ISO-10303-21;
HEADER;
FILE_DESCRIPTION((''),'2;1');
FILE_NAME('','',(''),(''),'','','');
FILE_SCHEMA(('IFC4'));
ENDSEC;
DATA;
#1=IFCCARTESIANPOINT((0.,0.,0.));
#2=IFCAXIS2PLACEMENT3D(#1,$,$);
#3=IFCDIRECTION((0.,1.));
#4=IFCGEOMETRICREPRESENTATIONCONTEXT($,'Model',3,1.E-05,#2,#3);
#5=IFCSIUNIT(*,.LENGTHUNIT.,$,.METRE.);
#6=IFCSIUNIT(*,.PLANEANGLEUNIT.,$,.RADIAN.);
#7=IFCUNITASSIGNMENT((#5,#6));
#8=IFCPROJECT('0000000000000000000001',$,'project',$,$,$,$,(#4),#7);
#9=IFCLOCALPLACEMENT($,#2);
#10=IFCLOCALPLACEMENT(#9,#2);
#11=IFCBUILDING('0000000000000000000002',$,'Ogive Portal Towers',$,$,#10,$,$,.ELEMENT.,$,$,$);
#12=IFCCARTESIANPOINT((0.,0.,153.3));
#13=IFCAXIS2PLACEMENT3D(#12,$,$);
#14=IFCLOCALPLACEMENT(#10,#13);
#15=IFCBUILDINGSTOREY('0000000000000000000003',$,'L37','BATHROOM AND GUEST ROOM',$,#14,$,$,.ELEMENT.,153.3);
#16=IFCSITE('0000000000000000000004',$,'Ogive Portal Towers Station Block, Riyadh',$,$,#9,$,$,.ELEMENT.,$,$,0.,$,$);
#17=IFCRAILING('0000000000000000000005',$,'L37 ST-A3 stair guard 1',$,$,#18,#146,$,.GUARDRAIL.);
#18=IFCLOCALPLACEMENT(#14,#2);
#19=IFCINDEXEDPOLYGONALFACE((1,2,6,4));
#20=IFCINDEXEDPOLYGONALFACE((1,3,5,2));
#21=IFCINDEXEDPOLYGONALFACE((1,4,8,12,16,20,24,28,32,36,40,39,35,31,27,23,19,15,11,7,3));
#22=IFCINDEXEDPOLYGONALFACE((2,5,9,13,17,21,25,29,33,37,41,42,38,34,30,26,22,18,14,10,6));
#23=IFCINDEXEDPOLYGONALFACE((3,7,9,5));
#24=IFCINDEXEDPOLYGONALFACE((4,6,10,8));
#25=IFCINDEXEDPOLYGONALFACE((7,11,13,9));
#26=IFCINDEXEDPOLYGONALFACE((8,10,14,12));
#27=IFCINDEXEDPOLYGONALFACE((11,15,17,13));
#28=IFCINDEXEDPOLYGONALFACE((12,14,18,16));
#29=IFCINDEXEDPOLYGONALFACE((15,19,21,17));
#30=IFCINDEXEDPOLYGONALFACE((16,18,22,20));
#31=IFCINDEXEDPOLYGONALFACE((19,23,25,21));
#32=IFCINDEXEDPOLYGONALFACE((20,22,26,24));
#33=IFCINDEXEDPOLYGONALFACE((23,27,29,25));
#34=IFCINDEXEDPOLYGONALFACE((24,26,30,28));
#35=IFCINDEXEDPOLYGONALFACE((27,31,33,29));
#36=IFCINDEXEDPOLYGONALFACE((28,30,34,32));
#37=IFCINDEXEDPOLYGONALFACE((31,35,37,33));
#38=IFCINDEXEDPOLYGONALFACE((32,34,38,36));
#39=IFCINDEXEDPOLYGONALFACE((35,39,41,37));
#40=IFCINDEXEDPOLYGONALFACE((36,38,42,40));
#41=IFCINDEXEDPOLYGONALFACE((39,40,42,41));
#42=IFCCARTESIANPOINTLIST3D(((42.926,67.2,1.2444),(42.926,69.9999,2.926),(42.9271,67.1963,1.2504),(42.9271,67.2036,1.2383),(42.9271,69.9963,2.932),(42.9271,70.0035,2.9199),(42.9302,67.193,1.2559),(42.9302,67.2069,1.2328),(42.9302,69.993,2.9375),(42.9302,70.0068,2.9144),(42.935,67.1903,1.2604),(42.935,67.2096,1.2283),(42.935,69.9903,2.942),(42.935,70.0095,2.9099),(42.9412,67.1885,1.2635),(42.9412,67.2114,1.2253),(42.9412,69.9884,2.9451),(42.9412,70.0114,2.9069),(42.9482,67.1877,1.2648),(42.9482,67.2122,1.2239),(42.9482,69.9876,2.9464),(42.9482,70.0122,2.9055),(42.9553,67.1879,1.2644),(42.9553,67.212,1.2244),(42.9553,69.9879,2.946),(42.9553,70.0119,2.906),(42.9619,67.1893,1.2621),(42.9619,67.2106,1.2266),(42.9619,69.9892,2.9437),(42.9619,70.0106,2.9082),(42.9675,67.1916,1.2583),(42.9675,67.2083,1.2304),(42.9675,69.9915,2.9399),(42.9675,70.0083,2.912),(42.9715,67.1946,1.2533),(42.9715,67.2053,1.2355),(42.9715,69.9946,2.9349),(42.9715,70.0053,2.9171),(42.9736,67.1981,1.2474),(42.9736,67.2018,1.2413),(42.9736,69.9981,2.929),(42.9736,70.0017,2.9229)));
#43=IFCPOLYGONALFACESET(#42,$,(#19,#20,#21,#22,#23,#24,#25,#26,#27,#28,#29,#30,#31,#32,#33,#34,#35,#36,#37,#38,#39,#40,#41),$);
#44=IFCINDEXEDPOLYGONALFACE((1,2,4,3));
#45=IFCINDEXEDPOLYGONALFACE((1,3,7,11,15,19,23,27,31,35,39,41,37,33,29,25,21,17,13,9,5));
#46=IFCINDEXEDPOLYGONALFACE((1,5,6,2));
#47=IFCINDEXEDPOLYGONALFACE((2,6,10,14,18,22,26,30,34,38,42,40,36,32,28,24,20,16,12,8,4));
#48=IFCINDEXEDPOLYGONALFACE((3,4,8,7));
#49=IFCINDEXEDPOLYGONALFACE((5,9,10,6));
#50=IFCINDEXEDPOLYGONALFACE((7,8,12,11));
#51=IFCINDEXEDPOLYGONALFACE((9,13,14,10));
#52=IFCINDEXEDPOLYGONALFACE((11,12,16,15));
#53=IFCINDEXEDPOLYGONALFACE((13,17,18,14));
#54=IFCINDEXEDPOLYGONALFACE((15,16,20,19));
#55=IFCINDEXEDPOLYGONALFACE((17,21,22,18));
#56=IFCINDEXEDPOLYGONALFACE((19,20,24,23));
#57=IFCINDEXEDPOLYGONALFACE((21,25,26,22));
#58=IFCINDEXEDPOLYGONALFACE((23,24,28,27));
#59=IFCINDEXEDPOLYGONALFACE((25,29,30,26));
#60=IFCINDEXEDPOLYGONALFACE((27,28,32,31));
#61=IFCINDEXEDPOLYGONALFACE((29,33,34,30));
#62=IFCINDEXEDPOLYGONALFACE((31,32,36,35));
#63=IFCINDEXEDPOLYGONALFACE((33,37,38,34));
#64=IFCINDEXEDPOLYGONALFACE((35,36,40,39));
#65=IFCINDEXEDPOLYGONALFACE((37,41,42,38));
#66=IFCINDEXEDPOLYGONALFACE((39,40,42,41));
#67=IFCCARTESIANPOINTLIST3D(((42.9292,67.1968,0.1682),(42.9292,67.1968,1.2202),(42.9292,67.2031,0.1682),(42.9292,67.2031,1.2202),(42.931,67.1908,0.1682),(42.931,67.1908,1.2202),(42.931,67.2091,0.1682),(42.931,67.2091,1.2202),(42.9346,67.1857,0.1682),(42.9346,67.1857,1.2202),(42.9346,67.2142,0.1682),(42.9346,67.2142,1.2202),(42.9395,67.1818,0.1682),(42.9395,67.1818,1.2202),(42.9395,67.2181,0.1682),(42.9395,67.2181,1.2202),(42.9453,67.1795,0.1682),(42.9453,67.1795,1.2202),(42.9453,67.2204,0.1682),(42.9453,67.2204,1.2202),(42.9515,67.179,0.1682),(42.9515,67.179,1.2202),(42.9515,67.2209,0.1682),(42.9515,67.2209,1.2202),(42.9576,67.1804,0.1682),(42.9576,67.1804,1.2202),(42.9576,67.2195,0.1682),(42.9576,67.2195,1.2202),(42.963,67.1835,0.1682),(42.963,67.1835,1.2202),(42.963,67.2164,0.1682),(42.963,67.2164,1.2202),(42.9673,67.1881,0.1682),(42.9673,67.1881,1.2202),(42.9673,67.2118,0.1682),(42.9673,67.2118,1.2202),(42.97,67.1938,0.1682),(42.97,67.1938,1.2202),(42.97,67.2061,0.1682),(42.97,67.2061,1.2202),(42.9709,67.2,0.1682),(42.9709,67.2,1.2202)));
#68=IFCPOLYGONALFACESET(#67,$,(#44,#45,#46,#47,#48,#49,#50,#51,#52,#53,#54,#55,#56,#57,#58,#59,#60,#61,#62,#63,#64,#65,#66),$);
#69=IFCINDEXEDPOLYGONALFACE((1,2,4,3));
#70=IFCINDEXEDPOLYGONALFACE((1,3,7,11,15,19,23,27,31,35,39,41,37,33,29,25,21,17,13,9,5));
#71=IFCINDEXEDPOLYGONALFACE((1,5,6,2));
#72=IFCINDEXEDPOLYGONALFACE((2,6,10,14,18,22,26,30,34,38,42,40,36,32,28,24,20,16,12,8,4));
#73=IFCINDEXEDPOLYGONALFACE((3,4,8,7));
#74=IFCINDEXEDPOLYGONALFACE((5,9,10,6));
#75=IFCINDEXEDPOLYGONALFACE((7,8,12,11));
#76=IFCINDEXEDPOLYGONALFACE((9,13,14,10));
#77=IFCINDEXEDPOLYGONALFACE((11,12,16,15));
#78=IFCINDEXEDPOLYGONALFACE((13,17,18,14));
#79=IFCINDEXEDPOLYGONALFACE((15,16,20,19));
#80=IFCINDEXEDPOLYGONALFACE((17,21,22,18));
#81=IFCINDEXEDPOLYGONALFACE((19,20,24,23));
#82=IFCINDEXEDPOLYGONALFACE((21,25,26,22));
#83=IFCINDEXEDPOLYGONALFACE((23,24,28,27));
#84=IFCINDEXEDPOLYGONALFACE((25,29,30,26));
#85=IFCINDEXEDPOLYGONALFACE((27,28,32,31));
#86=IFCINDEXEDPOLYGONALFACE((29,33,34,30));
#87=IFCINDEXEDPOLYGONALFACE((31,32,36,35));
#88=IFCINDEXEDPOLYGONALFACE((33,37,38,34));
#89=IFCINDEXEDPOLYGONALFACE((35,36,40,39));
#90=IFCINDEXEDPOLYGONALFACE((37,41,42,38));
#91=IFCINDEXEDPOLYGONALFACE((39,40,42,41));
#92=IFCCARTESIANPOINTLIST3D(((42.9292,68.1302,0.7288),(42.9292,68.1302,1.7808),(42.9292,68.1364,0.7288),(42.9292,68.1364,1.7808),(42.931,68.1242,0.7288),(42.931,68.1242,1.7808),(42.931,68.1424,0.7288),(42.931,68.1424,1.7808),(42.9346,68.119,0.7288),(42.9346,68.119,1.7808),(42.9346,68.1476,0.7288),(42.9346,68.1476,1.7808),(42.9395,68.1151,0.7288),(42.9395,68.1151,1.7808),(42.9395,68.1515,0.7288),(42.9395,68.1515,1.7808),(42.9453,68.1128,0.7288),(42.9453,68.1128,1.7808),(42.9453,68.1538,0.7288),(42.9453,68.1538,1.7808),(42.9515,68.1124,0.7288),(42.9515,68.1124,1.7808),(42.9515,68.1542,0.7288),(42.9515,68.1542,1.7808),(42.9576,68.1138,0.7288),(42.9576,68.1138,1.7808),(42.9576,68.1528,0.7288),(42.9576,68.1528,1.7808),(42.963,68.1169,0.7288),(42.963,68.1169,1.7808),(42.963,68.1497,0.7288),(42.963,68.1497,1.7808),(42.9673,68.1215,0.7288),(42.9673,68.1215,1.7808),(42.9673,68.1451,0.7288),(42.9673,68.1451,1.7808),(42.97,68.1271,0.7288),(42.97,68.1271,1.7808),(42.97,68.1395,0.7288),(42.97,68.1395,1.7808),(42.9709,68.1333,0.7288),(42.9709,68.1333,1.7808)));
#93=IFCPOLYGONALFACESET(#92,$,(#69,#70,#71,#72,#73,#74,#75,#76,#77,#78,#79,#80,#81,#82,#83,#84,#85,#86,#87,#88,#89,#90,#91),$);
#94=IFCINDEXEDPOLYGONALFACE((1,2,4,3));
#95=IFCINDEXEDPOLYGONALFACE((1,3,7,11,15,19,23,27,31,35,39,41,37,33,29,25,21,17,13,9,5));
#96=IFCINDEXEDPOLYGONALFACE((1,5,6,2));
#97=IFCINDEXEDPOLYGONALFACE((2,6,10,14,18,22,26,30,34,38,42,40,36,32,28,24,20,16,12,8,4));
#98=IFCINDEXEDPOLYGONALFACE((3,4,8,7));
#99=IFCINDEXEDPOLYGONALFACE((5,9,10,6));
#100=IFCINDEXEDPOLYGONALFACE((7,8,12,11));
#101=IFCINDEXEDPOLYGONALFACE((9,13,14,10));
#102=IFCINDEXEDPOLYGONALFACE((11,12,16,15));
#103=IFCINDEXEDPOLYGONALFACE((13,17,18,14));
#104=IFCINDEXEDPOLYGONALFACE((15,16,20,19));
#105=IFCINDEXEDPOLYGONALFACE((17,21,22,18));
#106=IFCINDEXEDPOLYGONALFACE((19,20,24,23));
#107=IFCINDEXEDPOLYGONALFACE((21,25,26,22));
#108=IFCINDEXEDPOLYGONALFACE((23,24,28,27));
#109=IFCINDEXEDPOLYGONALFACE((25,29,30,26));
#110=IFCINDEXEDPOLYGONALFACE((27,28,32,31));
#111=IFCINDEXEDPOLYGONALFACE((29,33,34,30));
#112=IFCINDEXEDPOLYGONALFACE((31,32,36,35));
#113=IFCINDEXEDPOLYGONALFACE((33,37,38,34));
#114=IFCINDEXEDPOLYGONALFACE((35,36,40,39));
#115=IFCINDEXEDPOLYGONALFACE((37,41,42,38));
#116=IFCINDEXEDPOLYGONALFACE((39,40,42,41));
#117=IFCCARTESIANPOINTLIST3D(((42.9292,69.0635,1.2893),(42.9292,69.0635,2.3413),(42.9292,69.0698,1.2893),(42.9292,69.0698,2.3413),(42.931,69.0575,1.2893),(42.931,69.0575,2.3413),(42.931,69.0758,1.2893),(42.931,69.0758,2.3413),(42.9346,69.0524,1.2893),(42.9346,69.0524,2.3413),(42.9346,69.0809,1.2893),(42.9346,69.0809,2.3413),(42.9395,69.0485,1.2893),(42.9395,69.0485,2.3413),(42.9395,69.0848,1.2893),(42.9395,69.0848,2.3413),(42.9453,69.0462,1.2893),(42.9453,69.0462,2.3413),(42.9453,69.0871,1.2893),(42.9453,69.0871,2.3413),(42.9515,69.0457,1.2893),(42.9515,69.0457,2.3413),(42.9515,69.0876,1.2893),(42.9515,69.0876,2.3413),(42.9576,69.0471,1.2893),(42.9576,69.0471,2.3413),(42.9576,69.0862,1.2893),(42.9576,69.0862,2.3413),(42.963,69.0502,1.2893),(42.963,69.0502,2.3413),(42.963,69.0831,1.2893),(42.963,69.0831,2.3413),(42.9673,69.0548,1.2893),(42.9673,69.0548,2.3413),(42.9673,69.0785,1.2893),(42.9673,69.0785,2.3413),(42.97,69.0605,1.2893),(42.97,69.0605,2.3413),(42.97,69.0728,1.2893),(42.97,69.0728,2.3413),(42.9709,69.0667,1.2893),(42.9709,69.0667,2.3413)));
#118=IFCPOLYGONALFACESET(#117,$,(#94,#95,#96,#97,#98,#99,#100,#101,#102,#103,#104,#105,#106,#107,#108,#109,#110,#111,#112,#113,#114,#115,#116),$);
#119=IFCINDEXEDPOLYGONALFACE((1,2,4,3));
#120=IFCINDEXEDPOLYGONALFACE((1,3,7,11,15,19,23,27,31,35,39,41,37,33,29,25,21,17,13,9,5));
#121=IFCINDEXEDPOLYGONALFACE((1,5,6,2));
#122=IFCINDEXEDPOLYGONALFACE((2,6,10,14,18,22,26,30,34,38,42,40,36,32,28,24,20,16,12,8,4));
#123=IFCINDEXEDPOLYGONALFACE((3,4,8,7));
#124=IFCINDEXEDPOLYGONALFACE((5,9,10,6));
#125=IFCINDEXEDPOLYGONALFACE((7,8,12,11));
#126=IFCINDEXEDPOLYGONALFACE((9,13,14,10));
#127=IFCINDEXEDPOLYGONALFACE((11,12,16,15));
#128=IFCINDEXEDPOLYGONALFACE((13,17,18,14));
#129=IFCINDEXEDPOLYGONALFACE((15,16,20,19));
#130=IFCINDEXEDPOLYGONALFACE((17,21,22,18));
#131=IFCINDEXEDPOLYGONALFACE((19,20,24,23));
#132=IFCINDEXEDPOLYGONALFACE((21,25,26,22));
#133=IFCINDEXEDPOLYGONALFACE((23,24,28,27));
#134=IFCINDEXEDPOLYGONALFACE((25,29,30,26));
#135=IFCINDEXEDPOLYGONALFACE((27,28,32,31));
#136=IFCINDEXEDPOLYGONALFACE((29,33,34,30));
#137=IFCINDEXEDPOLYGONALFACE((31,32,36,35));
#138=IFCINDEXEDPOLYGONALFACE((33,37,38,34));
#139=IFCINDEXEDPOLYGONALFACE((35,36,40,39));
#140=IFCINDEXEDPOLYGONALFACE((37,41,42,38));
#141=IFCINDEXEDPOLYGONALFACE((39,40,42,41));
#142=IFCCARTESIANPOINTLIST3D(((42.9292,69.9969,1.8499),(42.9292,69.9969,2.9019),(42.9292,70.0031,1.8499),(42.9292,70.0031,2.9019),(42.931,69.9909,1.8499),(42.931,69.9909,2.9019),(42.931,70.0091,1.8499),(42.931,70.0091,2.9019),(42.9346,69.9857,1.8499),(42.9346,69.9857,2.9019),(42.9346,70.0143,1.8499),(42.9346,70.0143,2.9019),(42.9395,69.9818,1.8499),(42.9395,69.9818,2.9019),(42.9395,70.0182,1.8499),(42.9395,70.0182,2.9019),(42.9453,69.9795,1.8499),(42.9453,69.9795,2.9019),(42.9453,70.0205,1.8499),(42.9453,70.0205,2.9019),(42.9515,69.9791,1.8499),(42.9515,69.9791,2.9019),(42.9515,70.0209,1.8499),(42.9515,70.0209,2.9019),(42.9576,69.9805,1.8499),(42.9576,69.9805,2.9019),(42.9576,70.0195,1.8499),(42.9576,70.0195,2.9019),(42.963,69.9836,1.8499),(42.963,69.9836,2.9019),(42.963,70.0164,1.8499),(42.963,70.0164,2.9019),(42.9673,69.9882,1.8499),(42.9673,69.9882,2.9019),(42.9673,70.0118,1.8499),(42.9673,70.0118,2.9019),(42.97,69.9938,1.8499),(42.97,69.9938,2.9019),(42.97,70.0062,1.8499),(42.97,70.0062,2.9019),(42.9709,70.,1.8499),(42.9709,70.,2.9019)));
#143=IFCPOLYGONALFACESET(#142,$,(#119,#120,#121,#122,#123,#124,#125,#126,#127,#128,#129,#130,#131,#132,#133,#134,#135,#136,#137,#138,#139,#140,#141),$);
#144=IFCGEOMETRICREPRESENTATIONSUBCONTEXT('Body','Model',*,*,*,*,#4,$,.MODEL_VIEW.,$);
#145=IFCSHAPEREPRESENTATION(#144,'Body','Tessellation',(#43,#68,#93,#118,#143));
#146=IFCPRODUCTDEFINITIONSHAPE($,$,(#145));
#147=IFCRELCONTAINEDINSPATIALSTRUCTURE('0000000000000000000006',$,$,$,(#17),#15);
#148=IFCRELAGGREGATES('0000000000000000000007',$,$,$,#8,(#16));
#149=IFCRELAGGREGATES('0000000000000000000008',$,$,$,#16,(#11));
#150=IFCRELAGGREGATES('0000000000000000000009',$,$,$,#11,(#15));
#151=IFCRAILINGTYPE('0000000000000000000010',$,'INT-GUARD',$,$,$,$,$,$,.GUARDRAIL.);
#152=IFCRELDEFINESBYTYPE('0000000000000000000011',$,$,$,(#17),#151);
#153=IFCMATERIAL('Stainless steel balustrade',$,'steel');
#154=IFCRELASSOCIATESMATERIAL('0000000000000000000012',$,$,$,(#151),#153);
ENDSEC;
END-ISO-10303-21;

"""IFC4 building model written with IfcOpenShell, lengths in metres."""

from ifc_helpers import new_model, si_unit, direction, frame, origin, origin_2d, place, context, subcontext, project, spatial, circle, extrude, material, type_object, element, save


model = new_model("IFC4")

# Units and contexts
model_context = context("Model", 3, precision=1e-05, world=origin(), true_north=direction((0.0, 1.0)))
body_context = subcontext(model_context, "Body", "Model", "MODEL_VIEW")
ifc_project = project(units=[si_unit("LENGTHUNIT", "METRE"), si_unit("PLANEANGLEUNIT", "RADIAN")], contexts=[model_context])

# Site, building, storey
site_placement = place(None, origin())
site = spatial("IfcSite", under=ifc_project, at=site_placement, Name="Ogive Portal Towers Station Block, Riyadh", CompositionType="ELEMENT", RefElevation=0.0)
building_placement = place(site_placement, origin())
building = spatial("IfcBuilding", under=site, at=building_placement, Name="Ogive Portal Towers", CompositionType="ELEMENT")
storey_placement = place(building_placement, frame((0.0, 0.0, 153.3)))
storey = spatial("IfcBuildingStorey", under=building, at=storey_placement, Name="L37", Description="BATHROOM AND GUEST ROOM", CompositionType="ELEMENT", Elevation=153.3)

# Railing
ifc_material_1 = material(Name="Stainless steel balustrade", Category="steel")
railing_type_1 = type_object("IfcRailingType", Name="INT-GUARD", PredefinedType="GUARDRAIL", material=ifc_material_1)
railing_1_placement = place(storey_placement, frame((42.95, 67.2, 0.1682)))
element("IfcRailing", 1, at=railing_1_placement, inside=storey, type_object=railing_type_1, Name="L37 ST-A3 stair guard 1", PredefinedType="GUARDRAIL", context=body_context, shape_type="SweptSolid", body=[
    extrude(circle(Radius=0.0239, at=origin_2d()), frame((0.0, 0.0, 1.0762), z_axis=(0.0, 0.857275, 0.514858), x_axis=(-1.0, 0.0, 0.0)), (0.0, 0.0, 1.0), 3.2661),
    extrude(circle(Radius=0.021, at=origin_2d()), origin(), (0.0, 0.0, 1.0), 1.052),
    extrude(circle(Radius=0.021, at=origin_2d()), frame((0.0, 0.9333, 0.5605)), (0.0, 0.0, 1.0), 1.052),
    extrude(circle(Radius=0.021, at=origin_2d()), frame((0.0, 1.8667, 1.1211)), (0.0, 0.0, 1.0), 1.052),
    extrude(circle(Radius=0.021, at=origin_2d()), frame((0.0, 2.8, 1.6816)), (0.0, 0.0, 1.0), 1.052),
])

save(model, "model.ifc")
